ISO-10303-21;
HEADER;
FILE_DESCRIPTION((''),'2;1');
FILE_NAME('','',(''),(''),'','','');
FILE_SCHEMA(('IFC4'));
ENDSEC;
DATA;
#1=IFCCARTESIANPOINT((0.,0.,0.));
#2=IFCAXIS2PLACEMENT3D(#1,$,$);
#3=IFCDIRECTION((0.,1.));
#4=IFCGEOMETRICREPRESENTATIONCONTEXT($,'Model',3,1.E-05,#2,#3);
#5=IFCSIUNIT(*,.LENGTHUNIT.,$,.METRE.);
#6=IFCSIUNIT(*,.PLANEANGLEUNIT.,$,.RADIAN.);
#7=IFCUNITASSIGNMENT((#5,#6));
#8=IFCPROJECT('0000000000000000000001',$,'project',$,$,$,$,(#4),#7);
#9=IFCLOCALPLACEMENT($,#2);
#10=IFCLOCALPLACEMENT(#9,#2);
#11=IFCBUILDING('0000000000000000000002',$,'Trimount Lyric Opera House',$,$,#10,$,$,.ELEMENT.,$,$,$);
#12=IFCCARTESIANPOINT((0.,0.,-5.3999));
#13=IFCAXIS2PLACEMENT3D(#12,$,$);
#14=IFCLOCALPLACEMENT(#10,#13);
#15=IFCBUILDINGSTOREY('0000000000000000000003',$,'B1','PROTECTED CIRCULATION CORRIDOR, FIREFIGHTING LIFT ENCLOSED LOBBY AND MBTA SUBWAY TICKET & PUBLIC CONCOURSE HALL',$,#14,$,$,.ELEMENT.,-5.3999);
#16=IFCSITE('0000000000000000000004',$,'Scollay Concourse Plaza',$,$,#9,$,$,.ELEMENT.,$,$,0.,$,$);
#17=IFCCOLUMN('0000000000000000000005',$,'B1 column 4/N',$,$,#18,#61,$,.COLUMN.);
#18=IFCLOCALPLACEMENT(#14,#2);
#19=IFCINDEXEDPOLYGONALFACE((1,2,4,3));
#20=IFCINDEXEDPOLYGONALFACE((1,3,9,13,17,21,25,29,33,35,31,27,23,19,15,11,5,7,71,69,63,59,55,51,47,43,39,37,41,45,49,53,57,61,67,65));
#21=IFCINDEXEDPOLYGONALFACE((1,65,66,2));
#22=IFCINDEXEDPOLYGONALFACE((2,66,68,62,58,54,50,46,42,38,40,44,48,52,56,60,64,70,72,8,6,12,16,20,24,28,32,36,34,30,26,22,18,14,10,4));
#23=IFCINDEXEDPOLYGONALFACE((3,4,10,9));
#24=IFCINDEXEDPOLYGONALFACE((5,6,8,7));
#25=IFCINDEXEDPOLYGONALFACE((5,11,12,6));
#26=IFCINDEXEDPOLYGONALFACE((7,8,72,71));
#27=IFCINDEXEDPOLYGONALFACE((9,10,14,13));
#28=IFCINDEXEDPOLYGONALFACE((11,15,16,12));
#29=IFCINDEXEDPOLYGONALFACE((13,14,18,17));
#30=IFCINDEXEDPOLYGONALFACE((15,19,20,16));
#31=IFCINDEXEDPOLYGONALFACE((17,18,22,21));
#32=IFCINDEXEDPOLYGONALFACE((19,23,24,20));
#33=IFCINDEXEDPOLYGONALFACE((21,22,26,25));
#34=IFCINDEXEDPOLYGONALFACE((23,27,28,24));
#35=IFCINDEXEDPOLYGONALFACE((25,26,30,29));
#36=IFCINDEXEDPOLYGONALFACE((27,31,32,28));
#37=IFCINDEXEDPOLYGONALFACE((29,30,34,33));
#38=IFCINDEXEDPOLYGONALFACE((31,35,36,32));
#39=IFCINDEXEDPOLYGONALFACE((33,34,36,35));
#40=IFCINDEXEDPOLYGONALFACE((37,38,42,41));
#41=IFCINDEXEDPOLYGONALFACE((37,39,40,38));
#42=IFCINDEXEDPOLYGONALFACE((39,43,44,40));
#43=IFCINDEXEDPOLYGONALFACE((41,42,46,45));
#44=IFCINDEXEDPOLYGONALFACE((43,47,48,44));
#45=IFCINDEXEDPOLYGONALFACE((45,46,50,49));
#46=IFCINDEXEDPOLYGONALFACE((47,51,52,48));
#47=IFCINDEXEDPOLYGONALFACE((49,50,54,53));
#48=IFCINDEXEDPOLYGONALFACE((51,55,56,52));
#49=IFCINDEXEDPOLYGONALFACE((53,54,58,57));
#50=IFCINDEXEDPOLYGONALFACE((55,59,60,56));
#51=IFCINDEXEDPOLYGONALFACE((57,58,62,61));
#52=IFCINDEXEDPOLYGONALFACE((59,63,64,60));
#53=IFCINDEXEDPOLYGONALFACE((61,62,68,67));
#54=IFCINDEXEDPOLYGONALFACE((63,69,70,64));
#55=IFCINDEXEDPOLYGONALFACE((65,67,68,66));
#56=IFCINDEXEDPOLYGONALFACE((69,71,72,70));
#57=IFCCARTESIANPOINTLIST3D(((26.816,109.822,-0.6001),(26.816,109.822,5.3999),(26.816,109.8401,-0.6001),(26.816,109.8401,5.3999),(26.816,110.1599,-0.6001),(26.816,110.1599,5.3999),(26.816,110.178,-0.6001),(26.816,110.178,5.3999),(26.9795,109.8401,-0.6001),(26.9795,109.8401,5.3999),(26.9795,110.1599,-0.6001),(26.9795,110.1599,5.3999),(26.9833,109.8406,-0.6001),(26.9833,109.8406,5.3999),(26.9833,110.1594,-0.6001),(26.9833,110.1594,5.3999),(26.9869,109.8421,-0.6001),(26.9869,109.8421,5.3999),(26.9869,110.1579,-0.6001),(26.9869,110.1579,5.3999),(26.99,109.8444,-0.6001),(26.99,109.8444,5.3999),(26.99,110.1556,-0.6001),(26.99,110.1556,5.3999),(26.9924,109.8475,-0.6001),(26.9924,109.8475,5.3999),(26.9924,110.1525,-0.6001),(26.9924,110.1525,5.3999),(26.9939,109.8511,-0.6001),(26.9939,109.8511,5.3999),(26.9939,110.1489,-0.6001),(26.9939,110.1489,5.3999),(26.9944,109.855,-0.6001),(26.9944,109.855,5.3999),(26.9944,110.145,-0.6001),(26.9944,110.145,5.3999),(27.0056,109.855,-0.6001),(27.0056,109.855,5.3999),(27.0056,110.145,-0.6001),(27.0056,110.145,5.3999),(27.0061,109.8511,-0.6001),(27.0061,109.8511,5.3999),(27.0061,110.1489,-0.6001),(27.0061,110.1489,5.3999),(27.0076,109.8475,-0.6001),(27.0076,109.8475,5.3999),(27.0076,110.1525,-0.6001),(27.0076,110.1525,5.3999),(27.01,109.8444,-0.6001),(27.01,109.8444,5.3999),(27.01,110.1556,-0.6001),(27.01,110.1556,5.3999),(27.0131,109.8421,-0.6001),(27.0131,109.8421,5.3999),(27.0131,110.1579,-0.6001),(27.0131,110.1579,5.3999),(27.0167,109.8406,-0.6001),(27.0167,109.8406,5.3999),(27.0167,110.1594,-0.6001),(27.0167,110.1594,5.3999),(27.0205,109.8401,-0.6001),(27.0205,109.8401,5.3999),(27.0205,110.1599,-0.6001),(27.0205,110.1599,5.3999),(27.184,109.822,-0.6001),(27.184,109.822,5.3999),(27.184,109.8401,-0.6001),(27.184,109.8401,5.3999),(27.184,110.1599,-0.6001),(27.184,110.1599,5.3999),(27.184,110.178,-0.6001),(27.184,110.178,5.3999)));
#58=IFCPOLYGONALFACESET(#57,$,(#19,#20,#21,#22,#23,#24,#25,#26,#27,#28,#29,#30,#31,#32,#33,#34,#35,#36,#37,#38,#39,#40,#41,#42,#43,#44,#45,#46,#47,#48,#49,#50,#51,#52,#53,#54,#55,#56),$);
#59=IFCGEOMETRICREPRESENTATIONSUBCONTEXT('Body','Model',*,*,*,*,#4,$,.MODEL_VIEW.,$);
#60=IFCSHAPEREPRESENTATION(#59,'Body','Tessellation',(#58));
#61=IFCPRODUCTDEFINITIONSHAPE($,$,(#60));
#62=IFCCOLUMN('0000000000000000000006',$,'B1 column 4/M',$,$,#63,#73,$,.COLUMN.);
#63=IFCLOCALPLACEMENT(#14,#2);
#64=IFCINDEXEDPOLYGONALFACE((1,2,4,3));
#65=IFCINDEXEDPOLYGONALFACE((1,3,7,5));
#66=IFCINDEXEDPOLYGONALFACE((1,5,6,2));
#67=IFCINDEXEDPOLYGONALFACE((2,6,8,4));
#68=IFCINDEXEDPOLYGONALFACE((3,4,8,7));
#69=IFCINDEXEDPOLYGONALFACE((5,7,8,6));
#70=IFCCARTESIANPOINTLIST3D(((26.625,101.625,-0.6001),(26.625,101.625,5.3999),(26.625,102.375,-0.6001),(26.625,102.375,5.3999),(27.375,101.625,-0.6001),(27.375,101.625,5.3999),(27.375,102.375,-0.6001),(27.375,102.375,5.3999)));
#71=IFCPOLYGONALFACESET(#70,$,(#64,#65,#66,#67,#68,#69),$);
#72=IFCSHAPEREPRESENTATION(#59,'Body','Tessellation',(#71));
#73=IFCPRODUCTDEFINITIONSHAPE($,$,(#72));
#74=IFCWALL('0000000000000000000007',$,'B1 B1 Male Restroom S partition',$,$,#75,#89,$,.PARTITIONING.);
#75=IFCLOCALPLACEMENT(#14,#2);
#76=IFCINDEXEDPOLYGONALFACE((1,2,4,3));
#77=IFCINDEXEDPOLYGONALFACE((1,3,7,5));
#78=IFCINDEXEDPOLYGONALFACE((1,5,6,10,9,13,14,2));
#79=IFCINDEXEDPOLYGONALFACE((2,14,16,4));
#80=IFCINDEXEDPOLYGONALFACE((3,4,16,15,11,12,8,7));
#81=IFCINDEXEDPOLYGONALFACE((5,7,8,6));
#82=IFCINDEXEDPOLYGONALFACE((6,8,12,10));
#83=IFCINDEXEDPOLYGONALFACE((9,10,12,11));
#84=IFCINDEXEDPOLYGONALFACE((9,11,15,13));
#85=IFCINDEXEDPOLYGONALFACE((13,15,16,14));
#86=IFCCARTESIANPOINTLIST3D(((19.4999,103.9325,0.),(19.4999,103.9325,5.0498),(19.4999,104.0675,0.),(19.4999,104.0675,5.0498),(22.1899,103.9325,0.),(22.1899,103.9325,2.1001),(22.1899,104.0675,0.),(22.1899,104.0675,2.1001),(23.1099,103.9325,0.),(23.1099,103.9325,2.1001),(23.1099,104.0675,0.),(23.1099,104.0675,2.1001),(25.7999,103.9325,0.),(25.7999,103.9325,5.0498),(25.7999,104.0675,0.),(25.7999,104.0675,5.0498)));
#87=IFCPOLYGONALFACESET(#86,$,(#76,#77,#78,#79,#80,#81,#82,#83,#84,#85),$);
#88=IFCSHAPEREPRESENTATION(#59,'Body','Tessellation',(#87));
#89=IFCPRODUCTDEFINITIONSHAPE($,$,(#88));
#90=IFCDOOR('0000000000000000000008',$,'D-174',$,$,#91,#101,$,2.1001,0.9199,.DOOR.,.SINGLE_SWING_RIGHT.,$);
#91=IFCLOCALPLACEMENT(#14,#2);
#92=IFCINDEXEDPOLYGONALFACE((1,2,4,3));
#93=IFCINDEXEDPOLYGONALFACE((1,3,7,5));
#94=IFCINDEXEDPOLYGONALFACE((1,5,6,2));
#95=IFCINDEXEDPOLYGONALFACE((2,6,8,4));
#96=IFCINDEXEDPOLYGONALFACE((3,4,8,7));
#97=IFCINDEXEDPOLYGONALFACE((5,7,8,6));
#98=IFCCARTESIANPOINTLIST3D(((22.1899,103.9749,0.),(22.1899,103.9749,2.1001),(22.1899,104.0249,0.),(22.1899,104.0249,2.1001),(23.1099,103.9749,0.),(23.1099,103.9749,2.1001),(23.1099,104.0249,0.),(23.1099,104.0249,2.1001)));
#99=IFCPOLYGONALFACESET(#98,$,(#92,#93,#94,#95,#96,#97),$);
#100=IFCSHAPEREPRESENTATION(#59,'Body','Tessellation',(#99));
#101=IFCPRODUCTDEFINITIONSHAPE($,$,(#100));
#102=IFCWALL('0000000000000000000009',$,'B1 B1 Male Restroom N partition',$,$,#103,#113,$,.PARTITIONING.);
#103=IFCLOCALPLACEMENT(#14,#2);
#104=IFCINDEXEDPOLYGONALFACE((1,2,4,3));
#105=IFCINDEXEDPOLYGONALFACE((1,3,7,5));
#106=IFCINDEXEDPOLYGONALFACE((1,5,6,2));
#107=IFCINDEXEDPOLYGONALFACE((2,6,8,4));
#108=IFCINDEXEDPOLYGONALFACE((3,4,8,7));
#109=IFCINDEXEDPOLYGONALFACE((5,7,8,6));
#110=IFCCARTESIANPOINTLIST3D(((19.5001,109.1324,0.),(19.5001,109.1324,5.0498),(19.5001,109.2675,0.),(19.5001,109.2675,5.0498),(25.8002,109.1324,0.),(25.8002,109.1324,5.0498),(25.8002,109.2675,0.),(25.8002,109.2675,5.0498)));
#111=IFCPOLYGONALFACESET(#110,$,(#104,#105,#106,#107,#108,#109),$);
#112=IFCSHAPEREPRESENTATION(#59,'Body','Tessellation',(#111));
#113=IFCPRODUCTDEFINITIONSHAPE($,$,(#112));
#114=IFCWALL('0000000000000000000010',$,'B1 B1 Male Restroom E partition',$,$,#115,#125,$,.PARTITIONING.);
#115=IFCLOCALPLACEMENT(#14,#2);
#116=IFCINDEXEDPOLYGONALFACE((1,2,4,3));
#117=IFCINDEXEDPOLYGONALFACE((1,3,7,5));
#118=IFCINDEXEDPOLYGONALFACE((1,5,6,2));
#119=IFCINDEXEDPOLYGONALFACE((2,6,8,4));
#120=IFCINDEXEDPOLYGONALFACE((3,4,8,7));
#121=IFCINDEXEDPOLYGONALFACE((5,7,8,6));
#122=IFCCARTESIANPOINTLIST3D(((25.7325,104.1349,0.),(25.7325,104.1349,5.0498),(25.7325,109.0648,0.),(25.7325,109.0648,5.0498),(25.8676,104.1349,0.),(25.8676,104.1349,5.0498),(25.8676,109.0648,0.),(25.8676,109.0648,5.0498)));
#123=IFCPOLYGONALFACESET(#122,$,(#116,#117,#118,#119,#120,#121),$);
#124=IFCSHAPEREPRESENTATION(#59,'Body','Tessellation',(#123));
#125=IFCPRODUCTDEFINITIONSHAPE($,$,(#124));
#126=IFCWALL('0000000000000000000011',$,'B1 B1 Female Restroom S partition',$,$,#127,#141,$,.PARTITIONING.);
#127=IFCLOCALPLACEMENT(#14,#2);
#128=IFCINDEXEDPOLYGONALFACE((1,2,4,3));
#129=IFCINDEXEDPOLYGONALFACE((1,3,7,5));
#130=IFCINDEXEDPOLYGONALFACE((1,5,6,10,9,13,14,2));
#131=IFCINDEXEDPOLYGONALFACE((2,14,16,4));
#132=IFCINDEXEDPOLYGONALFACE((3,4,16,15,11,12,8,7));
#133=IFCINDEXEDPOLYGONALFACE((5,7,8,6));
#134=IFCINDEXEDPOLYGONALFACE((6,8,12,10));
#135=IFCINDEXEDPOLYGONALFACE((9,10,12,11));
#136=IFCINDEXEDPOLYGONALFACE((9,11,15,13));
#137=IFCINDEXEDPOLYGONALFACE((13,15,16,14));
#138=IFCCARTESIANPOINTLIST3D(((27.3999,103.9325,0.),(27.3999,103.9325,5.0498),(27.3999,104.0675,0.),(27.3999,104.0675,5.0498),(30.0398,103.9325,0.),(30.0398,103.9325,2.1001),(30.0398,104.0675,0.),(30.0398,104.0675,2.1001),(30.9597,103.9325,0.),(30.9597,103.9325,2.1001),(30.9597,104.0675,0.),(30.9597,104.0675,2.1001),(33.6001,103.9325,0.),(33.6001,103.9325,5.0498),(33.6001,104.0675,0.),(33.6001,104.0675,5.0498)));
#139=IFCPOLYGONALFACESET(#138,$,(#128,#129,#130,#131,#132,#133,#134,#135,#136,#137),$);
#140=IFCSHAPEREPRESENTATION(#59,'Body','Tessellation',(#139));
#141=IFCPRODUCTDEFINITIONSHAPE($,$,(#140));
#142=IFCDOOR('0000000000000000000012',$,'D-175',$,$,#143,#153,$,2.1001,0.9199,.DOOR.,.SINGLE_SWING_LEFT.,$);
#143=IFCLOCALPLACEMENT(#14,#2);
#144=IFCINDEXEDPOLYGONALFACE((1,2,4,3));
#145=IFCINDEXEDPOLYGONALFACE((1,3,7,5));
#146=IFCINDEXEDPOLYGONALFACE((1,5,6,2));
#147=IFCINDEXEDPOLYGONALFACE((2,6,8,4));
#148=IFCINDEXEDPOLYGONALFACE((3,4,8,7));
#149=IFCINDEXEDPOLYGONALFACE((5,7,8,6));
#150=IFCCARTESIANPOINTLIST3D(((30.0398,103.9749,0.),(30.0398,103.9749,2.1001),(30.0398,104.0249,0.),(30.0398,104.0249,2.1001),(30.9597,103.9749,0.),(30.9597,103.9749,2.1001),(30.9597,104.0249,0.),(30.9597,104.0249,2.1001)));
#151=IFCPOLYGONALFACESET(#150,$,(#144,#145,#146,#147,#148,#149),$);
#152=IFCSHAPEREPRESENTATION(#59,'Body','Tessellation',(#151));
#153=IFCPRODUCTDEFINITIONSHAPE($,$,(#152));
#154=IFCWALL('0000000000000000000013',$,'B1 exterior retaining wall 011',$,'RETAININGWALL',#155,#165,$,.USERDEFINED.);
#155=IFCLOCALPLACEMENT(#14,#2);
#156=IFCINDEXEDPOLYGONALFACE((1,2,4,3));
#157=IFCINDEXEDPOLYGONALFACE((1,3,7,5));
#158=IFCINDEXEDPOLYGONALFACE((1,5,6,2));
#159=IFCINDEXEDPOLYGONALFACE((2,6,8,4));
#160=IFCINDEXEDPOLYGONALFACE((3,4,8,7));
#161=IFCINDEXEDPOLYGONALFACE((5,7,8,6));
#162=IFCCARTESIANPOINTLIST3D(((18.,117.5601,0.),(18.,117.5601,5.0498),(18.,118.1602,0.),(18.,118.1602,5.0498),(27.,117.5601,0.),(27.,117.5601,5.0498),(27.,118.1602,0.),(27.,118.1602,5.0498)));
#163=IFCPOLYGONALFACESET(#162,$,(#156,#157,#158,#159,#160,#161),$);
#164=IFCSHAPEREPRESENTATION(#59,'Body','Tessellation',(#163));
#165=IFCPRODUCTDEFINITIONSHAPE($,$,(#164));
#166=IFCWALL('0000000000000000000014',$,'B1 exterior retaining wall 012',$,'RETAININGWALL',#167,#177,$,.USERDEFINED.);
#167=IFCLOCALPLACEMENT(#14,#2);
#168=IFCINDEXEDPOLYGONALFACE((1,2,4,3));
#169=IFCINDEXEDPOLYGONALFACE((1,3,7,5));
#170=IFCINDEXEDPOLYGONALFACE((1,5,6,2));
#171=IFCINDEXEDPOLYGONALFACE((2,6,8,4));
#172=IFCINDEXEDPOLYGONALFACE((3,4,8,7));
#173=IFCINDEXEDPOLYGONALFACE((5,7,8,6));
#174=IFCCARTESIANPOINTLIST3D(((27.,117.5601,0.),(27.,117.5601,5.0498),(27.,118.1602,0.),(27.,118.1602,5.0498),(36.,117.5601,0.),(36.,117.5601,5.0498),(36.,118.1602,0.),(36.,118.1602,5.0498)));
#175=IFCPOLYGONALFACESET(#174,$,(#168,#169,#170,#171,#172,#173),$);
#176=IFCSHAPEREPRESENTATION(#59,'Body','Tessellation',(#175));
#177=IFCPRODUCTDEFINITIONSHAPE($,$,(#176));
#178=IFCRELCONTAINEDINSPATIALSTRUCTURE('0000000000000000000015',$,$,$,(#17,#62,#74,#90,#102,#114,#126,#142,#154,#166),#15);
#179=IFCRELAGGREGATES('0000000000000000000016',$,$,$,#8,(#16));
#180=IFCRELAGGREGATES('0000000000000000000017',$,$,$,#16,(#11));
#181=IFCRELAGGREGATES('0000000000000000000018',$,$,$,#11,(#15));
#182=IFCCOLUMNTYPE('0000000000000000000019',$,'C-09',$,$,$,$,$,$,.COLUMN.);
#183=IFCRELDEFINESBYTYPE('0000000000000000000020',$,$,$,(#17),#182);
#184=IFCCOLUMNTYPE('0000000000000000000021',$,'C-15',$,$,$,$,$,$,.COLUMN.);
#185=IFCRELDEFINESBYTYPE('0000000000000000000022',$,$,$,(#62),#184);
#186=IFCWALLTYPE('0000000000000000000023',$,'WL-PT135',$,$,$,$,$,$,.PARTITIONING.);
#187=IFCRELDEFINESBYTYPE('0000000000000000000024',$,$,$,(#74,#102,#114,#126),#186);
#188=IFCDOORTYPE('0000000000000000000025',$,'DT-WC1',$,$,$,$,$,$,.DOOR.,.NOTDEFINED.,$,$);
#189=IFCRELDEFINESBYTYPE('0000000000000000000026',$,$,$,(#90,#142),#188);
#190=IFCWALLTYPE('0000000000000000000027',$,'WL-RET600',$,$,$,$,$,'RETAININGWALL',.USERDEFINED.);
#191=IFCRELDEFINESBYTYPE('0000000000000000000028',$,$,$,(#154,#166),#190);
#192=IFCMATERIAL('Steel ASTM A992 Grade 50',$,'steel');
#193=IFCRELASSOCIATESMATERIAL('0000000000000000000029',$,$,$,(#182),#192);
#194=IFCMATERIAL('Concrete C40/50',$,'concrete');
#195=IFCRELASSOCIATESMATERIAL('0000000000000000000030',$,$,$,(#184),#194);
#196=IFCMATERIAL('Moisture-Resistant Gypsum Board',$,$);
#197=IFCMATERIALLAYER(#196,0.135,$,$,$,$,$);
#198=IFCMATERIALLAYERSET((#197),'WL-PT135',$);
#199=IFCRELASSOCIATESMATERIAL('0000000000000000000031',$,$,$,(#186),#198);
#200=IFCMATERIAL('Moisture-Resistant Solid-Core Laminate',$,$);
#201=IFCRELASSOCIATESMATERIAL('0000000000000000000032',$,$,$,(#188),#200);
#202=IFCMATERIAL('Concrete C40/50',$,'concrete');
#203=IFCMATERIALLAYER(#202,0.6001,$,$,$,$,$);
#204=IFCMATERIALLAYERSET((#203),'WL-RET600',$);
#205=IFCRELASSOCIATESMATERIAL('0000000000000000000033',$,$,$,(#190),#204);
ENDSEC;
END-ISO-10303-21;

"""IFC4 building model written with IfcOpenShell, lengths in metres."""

from ifc_helpers import new_model, si_unit, direction, frame, frame_2d, origin, origin_2d, place, context, subcontext, project, spatial, rectangle, i_section, extrude, material, layer, layer_set, material_profile, profile_set, type_object, element, fill, save


model = new_model("IFC4")

# Units and contexts
model_context = context("Model", 3, precision=1e-05, world=origin(), true_north=direction((0.0, 1.0)))
body_context = subcontext(model_context, "Body", "Model", "MODEL_VIEW")
ifc_project = project(units=[si_unit("LENGTHUNIT", "METRE"), si_unit("PLANEANGLEUNIT", "RADIAN")], contexts=[model_context])

# Site, building, storey
site_placement = place(None, origin())
site = spatial("IfcSite", under=ifc_project, at=site_placement, Name="Scollay Concourse Plaza", CompositionType="ELEMENT", RefElevation=0.0)
building_placement = place(site_placement, origin())
building = spatial("IfcBuilding", under=site, at=building_placement, Name="Trimount Lyric Opera House", CompositionType="ELEMENT")
storey_placement = place(building_placement, frame((0.0, 0.0, -5.3999)))
storey = spatial("IfcBuildingStorey", under=building, at=storey_placement, Name="B1", Description="PROTECTED CIRCULATION CORRIDOR, FIREFIGHTING LIFT ENCLOSED LOBBY AND MBTA SUBWAY TICKET & PUBLIC CONCOURSE HALL", CompositionType="ELEMENT", Elevation=-5.3999)

# Columns
ifc_material_1 = material(Name="Steel ASTM A992 Grade 50", Category="steel")
ifc_material_profile_1 = material_profile(ifc_material_1, i_section(OverallWidth=0.3679, OverallDepth=0.356, WebThickness=0.0112, FlangeThickness=0.0181, FilletRadius=0.0149, at=origin_2d()), Name="W14X90")
ifc_profile_set_1 = profile_set([ifc_material_profile_1], Name="Steel ASTM A992 Grade 50")
column_type_1 = type_object("IfcColumnType", Name="C-09", PredefinedType="COLUMN", material=ifc_profile_set_1)
column_1_placement = place(storey_placement, frame((27.0, 110.0, -0.6001), z_axis=(0.0, 0.0, 1.0), x_axis=(1.0, 0.0, 0.0)))
element("IfcColumn", 1, at=column_1_placement, inside=storey, type_object=column_type_1, Name="B1 column 4/N", PredefinedType="COLUMN", context=body_context, shape_type="SweptSolid", body=[
    extrude(i_section(OverallWidth=0.3679, OverallDepth=0.356, WebThickness=0.0112, FlangeThickness=0.0181, FilletRadius=0.0149, at=origin_2d()), origin(), (0.0, 0.0, 1.0), 6.0),
])
ifc_material_2 = material(Name="Concrete C40/50", Category="concrete")
ifc_material_profile_2 = material_profile(ifc_material_2, rectangle(XDim=0.75, YDim=0.75, at=origin_2d()), Name="RC750X750")
ifc_profile_set_2 = profile_set([ifc_material_profile_2], Name="Concrete C40/50")
column_type_2 = type_object("IfcColumnType", Name="C-15", PredefinedType="COLUMN", material=ifc_profile_set_2)
column_2_placement = place(storey_placement, frame((27.0, 102.0, -0.6001), z_axis=(0.0, 0.0, 1.0), x_axis=(1.0, 0.0, 0.0)))
element("IfcColumn", 2, at=column_2_placement, inside=storey, type_object=column_type_2, Name="B1 column 4/M", PredefinedType="COLUMN", context=body_context, shape_type="SweptSolid", body=[
    extrude(rectangle(XDim=0.75, YDim=0.75, at=origin_2d()), origin(), (0.0, 0.0, 1.0), 6.0),
])

# Wall, opening, door
ifc_material_3 = material(Name="Moisture-Resistant Gypsum Board")
ifc_layer_1 = layer(ifc_material_3, 0.135)
ifc_layer_set_1 = layer_set([ifc_layer_1], Name="WL-PT135")
wall_type_1 = type_object("IfcWallType", Name="WL-PT135", PredefinedType="PARTITIONING", material=ifc_layer_set_1)
wall_1_placement = place(storey_placement, frame((19.5, 104.0, 0.0), z_axis=(0.0, 0.0, 1.0), x_axis=(1.0, 0.0, 0.0)))
wall_1 = element("IfcWall", 3, at=wall_1_placement, inside=storey, type_object=wall_type_1, Name="B1 B1 Male Restroom S partition", PredefinedType="PARTITIONING", context=body_context, shape_type="SweptSolid", body=[
    extrude(rectangle(XDim=6.3, YDim=0.135, at=frame_2d((3.1499, 0.0))), origin(), (0.0, 0.0, 1.0), 5.0498),
])
opening_1_placement = place(wall_1_placement, frame((2.6899, 0.0, 0.0)))
opening_1 = element("IfcOpeningElement", 4, at=opening_1_placement, cuts=wall_1, PredefinedType="OPENING", context=body_context, shape_type="SweptSolid", body=[
    extrude(rectangle(XDim=0.9199, YDim=2.1001, at=frame_2d((0.46, 1.05))), frame((0.0, 0.0776, 0.0), z_axis=(0.0, -1.0, 0.0), x_axis=(1.0, 0.0, 0.0)), (0.0, 0.0, 1.0), 0.155),
])
ifc_material_4 = material(Name="Moisture-Resistant Solid-Core Laminate")
door_type = type_object("IfcDoorType", Name="DT-WC1", OperationType="NOTDEFINED", PredefinedType="DOOR", material=ifc_material_4)
door_1_placement = place(opening_1_placement, origin())
door_1 = element("IfcDoor", 5, at=door_1_placement, inside=storey, type_object=door_type, Name="D-174", OperationType="SINGLE_SWING_RIGHT", OverallHeight=2.1001, OverallWidth=0.9199, PredefinedType="DOOR", context=body_context, shape_type="SweptSolid", body=[
    extrude(rectangle(XDim=0.9199, YDim=2.1001, at=frame_2d((0.46, 1.05))), frame((0.0, 0.0249, 0.0), z_axis=(0.0, -1.0, 0.0), x_axis=(1.0, 0.0, 0.0)), (0.0, 0.0, 1.0), 0.05),
])
fill(opening_1, door_1)

# Walls
wall_2_placement = place(storey_placement, frame((25.8, 109.2, 0.0), z_axis=(0.0, 0.0, 1.0), x_axis=(-1.0, 0.0, 0.0)))
element("IfcWall", 6, at=wall_2_placement, inside=storey, type_object=wall_type_1, Name="B1 B1 Male Restroom N partition", PredefinedType="PARTITIONING", context=body_context, shape_type="SweptSolid", body=[
    extrude(rectangle(XDim=6.3, YDim=0.135, at=frame_2d((3.1499, 0.0))), origin(), (0.0, 0.0, 1.0), 5.0498),
])
for number, where, z_axis, x_axis, name in (
    (7, (25.8, 104.135, 0.0), (0.0, 0.0, 1.0), (0.0, 1.0, 0.0), "B1 B1 Male Restroom E partition"),
):
    element("IfcWall", number, at=place(storey_placement, frame(where, z_axis=z_axis, x_axis=x_axis)), inside=storey, type_object=wall_type_1, Name=name, PredefinedType="PARTITIONING", context=body_context, shape_type="SweptSolid", body=[
        extrude(rectangle(XDim=4.9299, YDim=0.135, at=frame_2d((2.4648, 0.0))), origin(), (0.0, 0.0, 1.0), 5.0498),
    ])

# Wall, opening, door
wall_3_placement = place(storey_placement, frame((27.3999, 104.0, 0.0), z_axis=(0.0, 0.0, 1.0), x_axis=(1.0, 0.0, 0.0)))
wall_3 = element("IfcWall", 8, at=wall_3_placement, inside=storey, type_object=wall_type_1, Name="B1 B1 Female Restroom S partition", PredefinedType="PARTITIONING", context=body_context, shape_type="SweptSolid", body=[
    extrude(rectangle(XDim=6.2002, YDim=0.135, at=frame_2d((3.1001, 0.0))), origin(), (0.0, 0.0, 1.0), 5.0498),
])
opening_2_placement = place(wall_3_placement, frame((2.6399, 0.0, 0.0)))
opening_2 = element("IfcOpeningElement", 9, at=opening_2_placement, cuts=wall_3, PredefinedType="OPENING", context=body_context, shape_type="SweptSolid", body=[
    extrude(rectangle(XDim=0.9199, YDim=2.1001, at=frame_2d((0.46, 1.05))), frame((0.0, 0.0776, 0.0), z_axis=(0.0, -1.0, 0.0), x_axis=(1.0, 0.0, 0.0)), (0.0, 0.0, 1.0), 0.155),
])
door_2_placement = place(opening_2_placement, origin())
door_2 = element("IfcDoor", 10, at=door_2_placement, inside=storey, type_object=door_type, Name="D-175", OperationType="SINGLE_SWING_LEFT", OverallHeight=2.1001, OverallWidth=0.9199, PredefinedType="DOOR", context=body_context, shape_type="SweptSolid", body=[
    extrude(rectangle(XDim=0.9199, YDim=2.1001, at=frame_2d((0.46, 1.05))), frame((0.0, 0.0249, 0.0), z_axis=(0.0, -1.0, 0.0), x_axis=(1.0, 0.0, 0.0)), (0.0, 0.0, 1.0), 0.05),
])
fill(opening_2, door_2)

# Walls
ifc_material_5 = material(Name="Concrete C40/50", Category="concrete")
ifc_layer_2 = layer(ifc_material_5, 0.6001)
ifc_layer_set_2 = layer_set([ifc_layer_2], Name="WL-RET600")
wall_type_2 = type_object("IfcWallType", Name="WL-RET600", ElementType="RETAININGWALL", PredefinedType="USERDEFINED", material=ifc_layer_set_2)
for number, where, z_axis, x_axis, name in (
    (11, (18.0, 117.8601, 0.0), (0.0, 0.0, 1.0), (1.0, 0.0, 0.0), "B1 exterior retaining wall 011"),
    (12, (27.0, 117.8601, 0.0), (0.0, 0.0, 1.0), (1.0, 0.0, 0.0), "B1 exterior retaining wall 012"),
):
    element("IfcWall", number, at=place(storey_placement, frame(where, z_axis=z_axis, x_axis=x_axis)), inside=storey, type_object=wall_type_2, Name=name, ObjectType="RETAININGWALL", PredefinedType="USERDEFINED", context=body_context, shape_type="SweptSolid", body=[
        extrude(rectangle(XDim=9.0, YDim=0.6001, at=frame_2d((4.5, 0.0))), origin(), (0.0, 0.0, 1.0), 5.0498),
    ])

save(model, "model.ifc")
